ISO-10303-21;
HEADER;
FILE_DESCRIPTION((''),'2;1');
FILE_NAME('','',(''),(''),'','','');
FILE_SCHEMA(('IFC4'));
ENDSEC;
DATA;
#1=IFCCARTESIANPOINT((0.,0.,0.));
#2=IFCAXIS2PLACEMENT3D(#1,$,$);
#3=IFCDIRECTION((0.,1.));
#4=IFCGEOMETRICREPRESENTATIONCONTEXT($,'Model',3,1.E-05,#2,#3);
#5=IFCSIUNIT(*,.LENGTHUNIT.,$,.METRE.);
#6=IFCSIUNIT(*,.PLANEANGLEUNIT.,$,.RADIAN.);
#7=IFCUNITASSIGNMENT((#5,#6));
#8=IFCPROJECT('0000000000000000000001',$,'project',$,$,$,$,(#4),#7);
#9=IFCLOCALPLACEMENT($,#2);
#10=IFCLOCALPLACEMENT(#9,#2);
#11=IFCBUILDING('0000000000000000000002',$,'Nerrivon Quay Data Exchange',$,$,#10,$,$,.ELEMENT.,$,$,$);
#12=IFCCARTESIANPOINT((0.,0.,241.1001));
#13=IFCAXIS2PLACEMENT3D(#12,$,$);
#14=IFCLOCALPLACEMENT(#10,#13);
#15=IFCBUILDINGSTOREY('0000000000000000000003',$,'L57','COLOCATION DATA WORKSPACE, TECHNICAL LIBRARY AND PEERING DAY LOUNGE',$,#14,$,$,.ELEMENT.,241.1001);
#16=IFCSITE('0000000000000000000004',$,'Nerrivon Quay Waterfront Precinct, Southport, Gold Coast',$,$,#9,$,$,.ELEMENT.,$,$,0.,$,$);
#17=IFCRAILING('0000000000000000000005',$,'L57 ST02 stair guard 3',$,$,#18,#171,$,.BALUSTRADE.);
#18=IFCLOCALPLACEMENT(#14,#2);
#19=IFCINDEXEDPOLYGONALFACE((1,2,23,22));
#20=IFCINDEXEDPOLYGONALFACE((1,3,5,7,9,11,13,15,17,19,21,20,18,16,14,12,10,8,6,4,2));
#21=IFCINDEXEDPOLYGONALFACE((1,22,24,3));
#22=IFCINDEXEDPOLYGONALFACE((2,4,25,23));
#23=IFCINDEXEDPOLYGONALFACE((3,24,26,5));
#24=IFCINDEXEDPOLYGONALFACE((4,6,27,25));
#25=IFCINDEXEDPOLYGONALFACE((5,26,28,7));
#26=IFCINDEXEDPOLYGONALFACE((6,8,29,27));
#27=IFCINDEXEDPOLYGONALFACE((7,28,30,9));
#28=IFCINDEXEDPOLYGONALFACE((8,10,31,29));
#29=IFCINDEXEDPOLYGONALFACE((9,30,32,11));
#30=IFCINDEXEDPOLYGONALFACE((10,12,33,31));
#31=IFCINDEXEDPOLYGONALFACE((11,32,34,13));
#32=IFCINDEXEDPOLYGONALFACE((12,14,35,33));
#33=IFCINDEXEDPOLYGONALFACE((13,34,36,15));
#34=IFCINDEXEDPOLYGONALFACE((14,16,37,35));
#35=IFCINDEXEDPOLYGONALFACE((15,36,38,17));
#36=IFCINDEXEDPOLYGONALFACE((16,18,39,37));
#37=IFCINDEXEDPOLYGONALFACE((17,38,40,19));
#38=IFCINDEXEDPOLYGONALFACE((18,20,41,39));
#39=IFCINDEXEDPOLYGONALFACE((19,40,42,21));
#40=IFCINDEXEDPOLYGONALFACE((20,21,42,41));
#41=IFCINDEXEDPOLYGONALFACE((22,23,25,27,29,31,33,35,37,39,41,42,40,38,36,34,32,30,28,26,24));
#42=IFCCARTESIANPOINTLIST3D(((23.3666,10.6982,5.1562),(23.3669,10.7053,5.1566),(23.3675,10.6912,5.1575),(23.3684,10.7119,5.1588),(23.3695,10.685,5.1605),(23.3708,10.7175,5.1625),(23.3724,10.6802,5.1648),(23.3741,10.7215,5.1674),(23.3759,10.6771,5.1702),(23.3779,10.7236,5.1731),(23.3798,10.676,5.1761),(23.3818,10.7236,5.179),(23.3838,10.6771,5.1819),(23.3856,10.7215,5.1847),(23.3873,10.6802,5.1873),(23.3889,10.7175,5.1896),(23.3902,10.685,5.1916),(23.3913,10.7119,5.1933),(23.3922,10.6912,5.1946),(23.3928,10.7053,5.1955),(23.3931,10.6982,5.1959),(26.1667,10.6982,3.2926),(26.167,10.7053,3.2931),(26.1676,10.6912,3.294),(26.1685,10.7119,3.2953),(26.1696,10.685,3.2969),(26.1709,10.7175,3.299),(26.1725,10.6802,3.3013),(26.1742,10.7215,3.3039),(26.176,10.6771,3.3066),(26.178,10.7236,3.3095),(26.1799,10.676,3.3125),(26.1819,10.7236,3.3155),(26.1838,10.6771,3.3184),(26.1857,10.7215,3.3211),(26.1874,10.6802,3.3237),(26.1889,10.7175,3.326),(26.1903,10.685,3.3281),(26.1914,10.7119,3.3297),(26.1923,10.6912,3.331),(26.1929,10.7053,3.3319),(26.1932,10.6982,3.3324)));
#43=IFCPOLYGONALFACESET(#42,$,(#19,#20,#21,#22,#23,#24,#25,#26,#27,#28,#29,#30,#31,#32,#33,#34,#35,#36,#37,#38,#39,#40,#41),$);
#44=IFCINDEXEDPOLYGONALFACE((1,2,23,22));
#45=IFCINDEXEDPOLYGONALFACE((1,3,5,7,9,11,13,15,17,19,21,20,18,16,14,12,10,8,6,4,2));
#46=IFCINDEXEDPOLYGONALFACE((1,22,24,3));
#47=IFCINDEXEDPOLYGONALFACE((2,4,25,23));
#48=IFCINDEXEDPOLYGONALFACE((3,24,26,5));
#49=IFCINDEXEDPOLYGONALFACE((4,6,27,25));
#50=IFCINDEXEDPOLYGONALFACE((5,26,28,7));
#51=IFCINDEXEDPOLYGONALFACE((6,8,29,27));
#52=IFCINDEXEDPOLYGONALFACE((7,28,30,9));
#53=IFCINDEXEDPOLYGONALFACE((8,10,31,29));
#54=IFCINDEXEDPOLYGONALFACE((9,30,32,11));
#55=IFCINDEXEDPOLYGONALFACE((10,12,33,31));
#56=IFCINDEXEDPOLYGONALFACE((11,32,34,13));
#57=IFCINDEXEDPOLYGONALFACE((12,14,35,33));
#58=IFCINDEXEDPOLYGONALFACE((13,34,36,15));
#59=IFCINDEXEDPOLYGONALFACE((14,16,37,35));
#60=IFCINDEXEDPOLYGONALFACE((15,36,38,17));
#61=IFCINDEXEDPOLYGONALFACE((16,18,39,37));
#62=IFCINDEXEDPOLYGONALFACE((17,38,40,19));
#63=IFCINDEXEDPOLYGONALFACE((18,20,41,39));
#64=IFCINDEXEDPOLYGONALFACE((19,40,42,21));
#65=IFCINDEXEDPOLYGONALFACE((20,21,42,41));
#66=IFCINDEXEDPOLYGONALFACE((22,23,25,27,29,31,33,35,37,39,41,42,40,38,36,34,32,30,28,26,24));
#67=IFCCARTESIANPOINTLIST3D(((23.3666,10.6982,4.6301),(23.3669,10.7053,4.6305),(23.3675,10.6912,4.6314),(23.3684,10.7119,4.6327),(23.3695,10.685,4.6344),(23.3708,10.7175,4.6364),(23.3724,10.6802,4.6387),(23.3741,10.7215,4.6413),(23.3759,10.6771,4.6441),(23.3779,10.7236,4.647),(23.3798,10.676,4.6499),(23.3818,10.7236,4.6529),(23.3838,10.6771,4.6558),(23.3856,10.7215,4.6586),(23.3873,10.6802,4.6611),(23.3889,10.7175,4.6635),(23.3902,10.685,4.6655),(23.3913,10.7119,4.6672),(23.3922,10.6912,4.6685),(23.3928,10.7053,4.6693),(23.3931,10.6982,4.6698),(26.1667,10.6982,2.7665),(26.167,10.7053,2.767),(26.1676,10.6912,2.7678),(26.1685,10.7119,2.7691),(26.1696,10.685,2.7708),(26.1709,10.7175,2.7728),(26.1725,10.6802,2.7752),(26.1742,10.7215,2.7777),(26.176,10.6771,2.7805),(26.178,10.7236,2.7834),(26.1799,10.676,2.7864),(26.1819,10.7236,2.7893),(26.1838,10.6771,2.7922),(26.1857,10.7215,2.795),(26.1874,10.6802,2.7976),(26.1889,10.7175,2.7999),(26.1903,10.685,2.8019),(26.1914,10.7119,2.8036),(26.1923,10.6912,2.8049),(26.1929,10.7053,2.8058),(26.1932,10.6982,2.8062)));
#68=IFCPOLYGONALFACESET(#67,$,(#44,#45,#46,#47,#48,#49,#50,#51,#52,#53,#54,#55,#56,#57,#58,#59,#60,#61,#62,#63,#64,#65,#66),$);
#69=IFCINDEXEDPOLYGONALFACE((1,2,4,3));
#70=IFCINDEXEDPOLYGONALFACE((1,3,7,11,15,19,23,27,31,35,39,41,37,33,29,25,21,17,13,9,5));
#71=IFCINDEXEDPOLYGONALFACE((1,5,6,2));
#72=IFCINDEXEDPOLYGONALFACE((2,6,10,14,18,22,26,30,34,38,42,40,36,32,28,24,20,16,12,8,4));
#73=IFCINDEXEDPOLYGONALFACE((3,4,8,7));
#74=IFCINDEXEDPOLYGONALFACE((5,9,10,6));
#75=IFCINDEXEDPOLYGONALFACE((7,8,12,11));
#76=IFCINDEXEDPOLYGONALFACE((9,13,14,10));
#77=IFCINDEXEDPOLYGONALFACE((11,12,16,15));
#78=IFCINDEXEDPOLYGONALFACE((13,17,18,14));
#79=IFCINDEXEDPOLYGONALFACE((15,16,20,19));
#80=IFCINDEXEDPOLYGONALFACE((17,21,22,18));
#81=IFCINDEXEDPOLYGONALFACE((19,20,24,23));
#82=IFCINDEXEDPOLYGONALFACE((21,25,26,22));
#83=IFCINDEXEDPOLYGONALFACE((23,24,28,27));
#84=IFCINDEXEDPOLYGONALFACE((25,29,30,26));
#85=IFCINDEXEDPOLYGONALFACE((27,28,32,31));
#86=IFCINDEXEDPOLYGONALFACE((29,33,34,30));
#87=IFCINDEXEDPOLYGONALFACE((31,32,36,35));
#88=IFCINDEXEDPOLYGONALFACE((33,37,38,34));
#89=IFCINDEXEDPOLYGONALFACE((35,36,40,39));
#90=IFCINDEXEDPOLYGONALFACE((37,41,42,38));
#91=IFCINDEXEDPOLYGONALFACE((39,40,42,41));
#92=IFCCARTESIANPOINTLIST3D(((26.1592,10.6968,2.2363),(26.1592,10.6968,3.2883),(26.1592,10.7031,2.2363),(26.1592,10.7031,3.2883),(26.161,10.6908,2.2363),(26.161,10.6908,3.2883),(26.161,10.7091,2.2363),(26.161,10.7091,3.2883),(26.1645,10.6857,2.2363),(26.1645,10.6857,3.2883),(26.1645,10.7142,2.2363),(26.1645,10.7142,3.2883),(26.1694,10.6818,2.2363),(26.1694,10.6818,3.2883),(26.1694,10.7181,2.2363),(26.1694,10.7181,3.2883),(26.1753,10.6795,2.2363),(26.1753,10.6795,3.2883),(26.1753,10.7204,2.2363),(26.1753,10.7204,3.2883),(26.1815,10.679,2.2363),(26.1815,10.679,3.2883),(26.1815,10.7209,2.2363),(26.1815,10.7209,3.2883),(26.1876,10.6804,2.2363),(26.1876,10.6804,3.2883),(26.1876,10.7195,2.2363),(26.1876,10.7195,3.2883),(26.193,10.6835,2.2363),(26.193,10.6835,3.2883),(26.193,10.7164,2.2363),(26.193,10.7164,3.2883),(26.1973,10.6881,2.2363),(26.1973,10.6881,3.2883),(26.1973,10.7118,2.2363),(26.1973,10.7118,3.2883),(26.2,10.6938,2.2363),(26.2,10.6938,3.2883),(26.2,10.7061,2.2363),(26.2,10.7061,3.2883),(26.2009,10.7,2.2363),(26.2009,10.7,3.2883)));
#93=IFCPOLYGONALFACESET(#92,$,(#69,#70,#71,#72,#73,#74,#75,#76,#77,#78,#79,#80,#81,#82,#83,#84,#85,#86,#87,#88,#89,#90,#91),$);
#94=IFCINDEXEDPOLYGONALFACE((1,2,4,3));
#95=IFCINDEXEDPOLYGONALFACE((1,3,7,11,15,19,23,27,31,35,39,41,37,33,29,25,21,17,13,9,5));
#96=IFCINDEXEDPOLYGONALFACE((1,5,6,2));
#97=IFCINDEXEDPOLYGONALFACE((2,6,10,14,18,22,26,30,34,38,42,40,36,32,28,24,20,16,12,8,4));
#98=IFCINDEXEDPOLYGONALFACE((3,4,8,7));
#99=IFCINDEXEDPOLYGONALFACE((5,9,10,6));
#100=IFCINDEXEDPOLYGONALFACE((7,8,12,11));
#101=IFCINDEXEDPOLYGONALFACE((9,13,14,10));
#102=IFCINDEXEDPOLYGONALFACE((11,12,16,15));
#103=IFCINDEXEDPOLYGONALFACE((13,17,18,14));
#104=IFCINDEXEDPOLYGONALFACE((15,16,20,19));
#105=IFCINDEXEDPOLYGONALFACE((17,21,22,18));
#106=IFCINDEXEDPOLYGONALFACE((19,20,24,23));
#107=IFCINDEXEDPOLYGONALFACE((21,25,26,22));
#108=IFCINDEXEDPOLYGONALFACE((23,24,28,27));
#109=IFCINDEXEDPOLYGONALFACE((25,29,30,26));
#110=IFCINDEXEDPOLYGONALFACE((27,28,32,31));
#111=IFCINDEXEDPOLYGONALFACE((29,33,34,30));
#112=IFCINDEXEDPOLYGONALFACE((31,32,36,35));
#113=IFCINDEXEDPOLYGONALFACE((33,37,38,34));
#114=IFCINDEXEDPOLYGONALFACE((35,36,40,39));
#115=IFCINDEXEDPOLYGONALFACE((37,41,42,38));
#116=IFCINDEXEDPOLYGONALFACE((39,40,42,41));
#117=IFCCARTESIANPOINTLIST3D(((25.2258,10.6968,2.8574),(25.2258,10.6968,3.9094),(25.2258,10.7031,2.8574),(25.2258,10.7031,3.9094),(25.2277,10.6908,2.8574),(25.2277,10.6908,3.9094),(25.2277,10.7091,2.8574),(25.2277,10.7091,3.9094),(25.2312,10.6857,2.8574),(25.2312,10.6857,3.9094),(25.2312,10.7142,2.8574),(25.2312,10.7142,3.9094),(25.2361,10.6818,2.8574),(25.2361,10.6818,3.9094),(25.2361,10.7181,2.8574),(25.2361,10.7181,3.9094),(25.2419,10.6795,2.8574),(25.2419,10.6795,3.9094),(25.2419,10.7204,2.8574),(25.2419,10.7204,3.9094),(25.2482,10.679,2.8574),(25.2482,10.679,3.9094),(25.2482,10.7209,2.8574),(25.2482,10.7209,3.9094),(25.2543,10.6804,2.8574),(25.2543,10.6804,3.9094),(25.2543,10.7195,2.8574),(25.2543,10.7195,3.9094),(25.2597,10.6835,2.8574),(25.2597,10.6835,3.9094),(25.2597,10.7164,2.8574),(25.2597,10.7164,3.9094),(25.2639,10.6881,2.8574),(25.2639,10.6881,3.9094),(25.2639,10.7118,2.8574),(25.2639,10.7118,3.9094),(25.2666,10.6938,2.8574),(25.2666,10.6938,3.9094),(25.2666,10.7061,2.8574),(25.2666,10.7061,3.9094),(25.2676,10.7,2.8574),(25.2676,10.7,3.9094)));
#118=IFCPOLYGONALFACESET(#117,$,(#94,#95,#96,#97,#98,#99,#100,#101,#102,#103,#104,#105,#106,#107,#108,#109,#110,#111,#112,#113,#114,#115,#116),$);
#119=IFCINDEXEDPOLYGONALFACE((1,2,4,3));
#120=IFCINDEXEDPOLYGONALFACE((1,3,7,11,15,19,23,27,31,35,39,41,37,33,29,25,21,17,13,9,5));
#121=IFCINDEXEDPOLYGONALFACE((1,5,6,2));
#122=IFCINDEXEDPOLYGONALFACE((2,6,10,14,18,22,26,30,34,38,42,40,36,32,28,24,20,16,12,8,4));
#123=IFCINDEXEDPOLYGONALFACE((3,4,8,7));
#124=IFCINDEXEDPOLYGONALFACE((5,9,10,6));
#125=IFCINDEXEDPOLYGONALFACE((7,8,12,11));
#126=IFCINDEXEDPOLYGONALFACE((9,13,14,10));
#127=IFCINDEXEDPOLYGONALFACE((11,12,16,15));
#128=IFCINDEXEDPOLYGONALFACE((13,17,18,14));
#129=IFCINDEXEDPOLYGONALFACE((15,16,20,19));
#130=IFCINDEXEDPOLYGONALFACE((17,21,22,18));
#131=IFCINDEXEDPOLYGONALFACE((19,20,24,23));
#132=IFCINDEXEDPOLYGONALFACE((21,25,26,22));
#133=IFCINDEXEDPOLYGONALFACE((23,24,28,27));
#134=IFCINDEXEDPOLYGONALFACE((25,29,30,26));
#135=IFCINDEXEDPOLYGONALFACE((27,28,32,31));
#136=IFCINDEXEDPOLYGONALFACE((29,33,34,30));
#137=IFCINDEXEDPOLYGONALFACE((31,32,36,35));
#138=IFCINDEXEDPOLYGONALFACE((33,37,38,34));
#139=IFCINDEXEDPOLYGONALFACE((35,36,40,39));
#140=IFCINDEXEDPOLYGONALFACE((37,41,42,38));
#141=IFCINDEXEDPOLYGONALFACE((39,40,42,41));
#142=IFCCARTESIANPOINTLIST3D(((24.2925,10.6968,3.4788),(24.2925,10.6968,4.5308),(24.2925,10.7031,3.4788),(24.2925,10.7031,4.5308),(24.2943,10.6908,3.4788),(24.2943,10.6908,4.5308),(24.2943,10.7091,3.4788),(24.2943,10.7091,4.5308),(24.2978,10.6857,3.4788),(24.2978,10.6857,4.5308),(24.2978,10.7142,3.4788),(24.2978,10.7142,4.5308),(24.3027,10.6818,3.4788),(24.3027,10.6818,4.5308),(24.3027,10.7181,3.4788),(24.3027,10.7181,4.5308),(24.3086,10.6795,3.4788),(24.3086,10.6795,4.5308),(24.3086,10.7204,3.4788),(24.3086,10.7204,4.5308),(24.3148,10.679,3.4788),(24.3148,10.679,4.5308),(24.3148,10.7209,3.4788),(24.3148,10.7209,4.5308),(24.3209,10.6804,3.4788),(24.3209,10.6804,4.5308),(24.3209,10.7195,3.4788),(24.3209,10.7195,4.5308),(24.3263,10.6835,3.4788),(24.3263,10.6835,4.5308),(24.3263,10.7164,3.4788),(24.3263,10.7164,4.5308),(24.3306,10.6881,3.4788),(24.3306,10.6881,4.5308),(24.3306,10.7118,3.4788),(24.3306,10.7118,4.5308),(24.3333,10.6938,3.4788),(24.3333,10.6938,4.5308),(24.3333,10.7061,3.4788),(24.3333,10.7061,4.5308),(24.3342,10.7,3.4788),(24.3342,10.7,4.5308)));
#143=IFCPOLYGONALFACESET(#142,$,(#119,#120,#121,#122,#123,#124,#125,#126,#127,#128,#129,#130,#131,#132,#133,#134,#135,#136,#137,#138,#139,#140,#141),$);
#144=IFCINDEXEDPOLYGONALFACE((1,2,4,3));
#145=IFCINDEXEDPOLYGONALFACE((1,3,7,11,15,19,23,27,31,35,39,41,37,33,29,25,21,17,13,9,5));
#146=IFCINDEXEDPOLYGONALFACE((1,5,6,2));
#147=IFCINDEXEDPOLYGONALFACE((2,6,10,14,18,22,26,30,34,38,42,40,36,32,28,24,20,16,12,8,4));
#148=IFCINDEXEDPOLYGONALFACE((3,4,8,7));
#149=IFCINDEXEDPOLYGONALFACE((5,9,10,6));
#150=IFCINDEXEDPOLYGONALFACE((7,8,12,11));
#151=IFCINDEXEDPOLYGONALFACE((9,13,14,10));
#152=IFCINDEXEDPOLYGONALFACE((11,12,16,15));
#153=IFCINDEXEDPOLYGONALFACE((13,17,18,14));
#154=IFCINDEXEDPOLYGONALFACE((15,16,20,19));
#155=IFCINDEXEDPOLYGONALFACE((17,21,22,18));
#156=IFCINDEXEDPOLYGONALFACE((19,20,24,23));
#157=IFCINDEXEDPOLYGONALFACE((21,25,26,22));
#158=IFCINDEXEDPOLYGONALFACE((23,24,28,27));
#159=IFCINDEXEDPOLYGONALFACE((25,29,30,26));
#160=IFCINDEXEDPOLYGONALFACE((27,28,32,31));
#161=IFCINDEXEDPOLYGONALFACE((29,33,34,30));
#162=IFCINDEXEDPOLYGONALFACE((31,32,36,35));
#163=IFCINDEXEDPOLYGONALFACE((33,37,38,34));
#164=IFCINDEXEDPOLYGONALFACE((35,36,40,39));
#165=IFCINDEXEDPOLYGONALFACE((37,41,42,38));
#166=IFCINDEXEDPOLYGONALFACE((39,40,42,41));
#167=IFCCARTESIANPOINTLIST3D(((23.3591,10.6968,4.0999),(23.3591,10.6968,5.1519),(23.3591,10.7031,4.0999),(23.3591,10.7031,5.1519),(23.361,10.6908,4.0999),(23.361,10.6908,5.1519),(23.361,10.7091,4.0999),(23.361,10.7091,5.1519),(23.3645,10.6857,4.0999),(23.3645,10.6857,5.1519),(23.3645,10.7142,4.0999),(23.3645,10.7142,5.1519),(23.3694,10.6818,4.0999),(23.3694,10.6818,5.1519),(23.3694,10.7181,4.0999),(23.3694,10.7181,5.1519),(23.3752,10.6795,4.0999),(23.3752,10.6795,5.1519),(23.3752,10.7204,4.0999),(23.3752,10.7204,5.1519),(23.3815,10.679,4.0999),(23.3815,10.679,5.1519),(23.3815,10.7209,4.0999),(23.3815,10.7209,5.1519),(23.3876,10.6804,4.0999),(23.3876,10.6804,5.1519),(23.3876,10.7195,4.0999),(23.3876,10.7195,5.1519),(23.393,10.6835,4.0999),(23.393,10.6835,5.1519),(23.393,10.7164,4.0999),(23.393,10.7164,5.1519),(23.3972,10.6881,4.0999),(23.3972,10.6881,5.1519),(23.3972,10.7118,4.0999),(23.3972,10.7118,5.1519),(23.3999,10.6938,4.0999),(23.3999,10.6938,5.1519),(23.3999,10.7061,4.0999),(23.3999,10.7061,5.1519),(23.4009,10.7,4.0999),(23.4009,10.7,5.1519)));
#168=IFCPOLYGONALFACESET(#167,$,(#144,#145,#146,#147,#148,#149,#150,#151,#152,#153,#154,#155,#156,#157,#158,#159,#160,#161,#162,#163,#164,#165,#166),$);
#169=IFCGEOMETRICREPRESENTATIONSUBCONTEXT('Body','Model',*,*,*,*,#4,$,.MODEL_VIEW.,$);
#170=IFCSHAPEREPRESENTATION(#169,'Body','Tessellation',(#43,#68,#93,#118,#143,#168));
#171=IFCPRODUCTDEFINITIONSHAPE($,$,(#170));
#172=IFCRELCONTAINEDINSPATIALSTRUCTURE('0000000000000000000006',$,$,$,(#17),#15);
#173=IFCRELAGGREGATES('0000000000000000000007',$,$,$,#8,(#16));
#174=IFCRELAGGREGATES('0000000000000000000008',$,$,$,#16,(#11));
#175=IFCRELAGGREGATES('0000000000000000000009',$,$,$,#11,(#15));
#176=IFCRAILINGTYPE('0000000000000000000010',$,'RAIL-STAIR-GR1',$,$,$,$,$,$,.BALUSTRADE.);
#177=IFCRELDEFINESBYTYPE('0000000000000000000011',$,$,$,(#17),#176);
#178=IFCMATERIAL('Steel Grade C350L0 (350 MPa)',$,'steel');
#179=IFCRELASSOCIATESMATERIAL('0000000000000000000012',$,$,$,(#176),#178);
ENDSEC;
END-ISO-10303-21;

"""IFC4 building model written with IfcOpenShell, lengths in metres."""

from ifc_helpers import new_model, si_unit, direction, frame, origin, origin_2d, place, context, subcontext, project, spatial, circle, extrude, material, type_object, element, save


model = new_model("IFC4")

# Units and contexts
model_context = context("Model", 3, precision=1e-05, world=origin(), true_north=direction((0.0, 1.0)))
body_context = subcontext(model_context, "Body", "Model", "MODEL_VIEW")
ifc_project = project(units=[si_unit("LENGTHUNIT", "METRE"), si_unit("PLANEANGLEUNIT", "RADIAN")], contexts=[model_context])

# Site, building, storey
site_placement = place(None, origin())
site = spatial("IfcSite", under=ifc_project, at=site_placement, Name="Nerrivon Quay Waterfront Precinct, Southport, Gold Coast", CompositionType="ELEMENT", RefElevation=0.0)
building_placement = place(site_placement, origin())
building = spatial("IfcBuilding", under=site, at=building_placement, Name="Nerrivon Quay Data Exchange", CompositionType="ELEMENT")
storey_placement = place(building_placement, frame((0.0, 0.0, 241.1001)))
storey = spatial("IfcBuildingStorey", under=building, at=storey_placement, Name="L57", Description="COLOCATION DATA WORKSPACE, TECHNICAL LIBRARY AND PEERING DAY LOUNGE", CompositionType="ELEMENT", Elevation=241.1001)

# Railing
ifc_material_1 = material(Name="Steel Grade C350L0 (350 MPa)", Category="steel")
railing_type_1 = type_object("IfcRailingType", Name="RAIL-STAIR-GR1", PredefinedType="BALUSTRADE", material=ifc_material_1)
railing_1_placement = place(storey_placement, frame((26.1799, 10.7, 2.2363)))
element("IfcRailing", 1, at=railing_1_placement, inside=storey, type_object=railing_type_1, Name="L57 ST02 stair guard 3", PredefinedType="BALUSTRADE", context=body_context, shape_type="SweptSolid", body=[
    extrude(circle(Radius=0.0239, at=origin_2d()), frame((0.0, 0.0, 1.0762), z_axis=(-0.832486, 0.0, 0.554047), x_axis=(0.0, -1.0, 0.0)), (0.0, 0.0, 1.0), 3.3635),
    extrude(circle(Radius=0.0239, at=origin_2d()), frame((0.0, 0.0, 0.55), z_axis=(-0.832486, 0.0, 0.554047), x_axis=(0.0, -1.0, 0.0)), (0.0, 0.0, 1.0), 3.3635),
    extrude(circle(Radius=0.021, at=origin_2d()), origin(), (0.0, 0.0, 1.0), 1.052),
    extrude(circle(Radius=0.021, at=origin_2d()), frame((-0.9333, 0.0, 0.6211)), (0.0, 0.0, 1.0), 1.052),
    extrude(circle(Radius=0.021, at=origin_2d()), frame((-1.8667, 0.0, 1.2424)), (0.0, 0.0, 1.0), 1.052),
    extrude(circle(Radius=0.021, at=origin_2d()), frame((-2.8, 0.0, 1.8635)), (0.0, 0.0, 1.0), 1.052),
])

save(model, "model.ifc")
